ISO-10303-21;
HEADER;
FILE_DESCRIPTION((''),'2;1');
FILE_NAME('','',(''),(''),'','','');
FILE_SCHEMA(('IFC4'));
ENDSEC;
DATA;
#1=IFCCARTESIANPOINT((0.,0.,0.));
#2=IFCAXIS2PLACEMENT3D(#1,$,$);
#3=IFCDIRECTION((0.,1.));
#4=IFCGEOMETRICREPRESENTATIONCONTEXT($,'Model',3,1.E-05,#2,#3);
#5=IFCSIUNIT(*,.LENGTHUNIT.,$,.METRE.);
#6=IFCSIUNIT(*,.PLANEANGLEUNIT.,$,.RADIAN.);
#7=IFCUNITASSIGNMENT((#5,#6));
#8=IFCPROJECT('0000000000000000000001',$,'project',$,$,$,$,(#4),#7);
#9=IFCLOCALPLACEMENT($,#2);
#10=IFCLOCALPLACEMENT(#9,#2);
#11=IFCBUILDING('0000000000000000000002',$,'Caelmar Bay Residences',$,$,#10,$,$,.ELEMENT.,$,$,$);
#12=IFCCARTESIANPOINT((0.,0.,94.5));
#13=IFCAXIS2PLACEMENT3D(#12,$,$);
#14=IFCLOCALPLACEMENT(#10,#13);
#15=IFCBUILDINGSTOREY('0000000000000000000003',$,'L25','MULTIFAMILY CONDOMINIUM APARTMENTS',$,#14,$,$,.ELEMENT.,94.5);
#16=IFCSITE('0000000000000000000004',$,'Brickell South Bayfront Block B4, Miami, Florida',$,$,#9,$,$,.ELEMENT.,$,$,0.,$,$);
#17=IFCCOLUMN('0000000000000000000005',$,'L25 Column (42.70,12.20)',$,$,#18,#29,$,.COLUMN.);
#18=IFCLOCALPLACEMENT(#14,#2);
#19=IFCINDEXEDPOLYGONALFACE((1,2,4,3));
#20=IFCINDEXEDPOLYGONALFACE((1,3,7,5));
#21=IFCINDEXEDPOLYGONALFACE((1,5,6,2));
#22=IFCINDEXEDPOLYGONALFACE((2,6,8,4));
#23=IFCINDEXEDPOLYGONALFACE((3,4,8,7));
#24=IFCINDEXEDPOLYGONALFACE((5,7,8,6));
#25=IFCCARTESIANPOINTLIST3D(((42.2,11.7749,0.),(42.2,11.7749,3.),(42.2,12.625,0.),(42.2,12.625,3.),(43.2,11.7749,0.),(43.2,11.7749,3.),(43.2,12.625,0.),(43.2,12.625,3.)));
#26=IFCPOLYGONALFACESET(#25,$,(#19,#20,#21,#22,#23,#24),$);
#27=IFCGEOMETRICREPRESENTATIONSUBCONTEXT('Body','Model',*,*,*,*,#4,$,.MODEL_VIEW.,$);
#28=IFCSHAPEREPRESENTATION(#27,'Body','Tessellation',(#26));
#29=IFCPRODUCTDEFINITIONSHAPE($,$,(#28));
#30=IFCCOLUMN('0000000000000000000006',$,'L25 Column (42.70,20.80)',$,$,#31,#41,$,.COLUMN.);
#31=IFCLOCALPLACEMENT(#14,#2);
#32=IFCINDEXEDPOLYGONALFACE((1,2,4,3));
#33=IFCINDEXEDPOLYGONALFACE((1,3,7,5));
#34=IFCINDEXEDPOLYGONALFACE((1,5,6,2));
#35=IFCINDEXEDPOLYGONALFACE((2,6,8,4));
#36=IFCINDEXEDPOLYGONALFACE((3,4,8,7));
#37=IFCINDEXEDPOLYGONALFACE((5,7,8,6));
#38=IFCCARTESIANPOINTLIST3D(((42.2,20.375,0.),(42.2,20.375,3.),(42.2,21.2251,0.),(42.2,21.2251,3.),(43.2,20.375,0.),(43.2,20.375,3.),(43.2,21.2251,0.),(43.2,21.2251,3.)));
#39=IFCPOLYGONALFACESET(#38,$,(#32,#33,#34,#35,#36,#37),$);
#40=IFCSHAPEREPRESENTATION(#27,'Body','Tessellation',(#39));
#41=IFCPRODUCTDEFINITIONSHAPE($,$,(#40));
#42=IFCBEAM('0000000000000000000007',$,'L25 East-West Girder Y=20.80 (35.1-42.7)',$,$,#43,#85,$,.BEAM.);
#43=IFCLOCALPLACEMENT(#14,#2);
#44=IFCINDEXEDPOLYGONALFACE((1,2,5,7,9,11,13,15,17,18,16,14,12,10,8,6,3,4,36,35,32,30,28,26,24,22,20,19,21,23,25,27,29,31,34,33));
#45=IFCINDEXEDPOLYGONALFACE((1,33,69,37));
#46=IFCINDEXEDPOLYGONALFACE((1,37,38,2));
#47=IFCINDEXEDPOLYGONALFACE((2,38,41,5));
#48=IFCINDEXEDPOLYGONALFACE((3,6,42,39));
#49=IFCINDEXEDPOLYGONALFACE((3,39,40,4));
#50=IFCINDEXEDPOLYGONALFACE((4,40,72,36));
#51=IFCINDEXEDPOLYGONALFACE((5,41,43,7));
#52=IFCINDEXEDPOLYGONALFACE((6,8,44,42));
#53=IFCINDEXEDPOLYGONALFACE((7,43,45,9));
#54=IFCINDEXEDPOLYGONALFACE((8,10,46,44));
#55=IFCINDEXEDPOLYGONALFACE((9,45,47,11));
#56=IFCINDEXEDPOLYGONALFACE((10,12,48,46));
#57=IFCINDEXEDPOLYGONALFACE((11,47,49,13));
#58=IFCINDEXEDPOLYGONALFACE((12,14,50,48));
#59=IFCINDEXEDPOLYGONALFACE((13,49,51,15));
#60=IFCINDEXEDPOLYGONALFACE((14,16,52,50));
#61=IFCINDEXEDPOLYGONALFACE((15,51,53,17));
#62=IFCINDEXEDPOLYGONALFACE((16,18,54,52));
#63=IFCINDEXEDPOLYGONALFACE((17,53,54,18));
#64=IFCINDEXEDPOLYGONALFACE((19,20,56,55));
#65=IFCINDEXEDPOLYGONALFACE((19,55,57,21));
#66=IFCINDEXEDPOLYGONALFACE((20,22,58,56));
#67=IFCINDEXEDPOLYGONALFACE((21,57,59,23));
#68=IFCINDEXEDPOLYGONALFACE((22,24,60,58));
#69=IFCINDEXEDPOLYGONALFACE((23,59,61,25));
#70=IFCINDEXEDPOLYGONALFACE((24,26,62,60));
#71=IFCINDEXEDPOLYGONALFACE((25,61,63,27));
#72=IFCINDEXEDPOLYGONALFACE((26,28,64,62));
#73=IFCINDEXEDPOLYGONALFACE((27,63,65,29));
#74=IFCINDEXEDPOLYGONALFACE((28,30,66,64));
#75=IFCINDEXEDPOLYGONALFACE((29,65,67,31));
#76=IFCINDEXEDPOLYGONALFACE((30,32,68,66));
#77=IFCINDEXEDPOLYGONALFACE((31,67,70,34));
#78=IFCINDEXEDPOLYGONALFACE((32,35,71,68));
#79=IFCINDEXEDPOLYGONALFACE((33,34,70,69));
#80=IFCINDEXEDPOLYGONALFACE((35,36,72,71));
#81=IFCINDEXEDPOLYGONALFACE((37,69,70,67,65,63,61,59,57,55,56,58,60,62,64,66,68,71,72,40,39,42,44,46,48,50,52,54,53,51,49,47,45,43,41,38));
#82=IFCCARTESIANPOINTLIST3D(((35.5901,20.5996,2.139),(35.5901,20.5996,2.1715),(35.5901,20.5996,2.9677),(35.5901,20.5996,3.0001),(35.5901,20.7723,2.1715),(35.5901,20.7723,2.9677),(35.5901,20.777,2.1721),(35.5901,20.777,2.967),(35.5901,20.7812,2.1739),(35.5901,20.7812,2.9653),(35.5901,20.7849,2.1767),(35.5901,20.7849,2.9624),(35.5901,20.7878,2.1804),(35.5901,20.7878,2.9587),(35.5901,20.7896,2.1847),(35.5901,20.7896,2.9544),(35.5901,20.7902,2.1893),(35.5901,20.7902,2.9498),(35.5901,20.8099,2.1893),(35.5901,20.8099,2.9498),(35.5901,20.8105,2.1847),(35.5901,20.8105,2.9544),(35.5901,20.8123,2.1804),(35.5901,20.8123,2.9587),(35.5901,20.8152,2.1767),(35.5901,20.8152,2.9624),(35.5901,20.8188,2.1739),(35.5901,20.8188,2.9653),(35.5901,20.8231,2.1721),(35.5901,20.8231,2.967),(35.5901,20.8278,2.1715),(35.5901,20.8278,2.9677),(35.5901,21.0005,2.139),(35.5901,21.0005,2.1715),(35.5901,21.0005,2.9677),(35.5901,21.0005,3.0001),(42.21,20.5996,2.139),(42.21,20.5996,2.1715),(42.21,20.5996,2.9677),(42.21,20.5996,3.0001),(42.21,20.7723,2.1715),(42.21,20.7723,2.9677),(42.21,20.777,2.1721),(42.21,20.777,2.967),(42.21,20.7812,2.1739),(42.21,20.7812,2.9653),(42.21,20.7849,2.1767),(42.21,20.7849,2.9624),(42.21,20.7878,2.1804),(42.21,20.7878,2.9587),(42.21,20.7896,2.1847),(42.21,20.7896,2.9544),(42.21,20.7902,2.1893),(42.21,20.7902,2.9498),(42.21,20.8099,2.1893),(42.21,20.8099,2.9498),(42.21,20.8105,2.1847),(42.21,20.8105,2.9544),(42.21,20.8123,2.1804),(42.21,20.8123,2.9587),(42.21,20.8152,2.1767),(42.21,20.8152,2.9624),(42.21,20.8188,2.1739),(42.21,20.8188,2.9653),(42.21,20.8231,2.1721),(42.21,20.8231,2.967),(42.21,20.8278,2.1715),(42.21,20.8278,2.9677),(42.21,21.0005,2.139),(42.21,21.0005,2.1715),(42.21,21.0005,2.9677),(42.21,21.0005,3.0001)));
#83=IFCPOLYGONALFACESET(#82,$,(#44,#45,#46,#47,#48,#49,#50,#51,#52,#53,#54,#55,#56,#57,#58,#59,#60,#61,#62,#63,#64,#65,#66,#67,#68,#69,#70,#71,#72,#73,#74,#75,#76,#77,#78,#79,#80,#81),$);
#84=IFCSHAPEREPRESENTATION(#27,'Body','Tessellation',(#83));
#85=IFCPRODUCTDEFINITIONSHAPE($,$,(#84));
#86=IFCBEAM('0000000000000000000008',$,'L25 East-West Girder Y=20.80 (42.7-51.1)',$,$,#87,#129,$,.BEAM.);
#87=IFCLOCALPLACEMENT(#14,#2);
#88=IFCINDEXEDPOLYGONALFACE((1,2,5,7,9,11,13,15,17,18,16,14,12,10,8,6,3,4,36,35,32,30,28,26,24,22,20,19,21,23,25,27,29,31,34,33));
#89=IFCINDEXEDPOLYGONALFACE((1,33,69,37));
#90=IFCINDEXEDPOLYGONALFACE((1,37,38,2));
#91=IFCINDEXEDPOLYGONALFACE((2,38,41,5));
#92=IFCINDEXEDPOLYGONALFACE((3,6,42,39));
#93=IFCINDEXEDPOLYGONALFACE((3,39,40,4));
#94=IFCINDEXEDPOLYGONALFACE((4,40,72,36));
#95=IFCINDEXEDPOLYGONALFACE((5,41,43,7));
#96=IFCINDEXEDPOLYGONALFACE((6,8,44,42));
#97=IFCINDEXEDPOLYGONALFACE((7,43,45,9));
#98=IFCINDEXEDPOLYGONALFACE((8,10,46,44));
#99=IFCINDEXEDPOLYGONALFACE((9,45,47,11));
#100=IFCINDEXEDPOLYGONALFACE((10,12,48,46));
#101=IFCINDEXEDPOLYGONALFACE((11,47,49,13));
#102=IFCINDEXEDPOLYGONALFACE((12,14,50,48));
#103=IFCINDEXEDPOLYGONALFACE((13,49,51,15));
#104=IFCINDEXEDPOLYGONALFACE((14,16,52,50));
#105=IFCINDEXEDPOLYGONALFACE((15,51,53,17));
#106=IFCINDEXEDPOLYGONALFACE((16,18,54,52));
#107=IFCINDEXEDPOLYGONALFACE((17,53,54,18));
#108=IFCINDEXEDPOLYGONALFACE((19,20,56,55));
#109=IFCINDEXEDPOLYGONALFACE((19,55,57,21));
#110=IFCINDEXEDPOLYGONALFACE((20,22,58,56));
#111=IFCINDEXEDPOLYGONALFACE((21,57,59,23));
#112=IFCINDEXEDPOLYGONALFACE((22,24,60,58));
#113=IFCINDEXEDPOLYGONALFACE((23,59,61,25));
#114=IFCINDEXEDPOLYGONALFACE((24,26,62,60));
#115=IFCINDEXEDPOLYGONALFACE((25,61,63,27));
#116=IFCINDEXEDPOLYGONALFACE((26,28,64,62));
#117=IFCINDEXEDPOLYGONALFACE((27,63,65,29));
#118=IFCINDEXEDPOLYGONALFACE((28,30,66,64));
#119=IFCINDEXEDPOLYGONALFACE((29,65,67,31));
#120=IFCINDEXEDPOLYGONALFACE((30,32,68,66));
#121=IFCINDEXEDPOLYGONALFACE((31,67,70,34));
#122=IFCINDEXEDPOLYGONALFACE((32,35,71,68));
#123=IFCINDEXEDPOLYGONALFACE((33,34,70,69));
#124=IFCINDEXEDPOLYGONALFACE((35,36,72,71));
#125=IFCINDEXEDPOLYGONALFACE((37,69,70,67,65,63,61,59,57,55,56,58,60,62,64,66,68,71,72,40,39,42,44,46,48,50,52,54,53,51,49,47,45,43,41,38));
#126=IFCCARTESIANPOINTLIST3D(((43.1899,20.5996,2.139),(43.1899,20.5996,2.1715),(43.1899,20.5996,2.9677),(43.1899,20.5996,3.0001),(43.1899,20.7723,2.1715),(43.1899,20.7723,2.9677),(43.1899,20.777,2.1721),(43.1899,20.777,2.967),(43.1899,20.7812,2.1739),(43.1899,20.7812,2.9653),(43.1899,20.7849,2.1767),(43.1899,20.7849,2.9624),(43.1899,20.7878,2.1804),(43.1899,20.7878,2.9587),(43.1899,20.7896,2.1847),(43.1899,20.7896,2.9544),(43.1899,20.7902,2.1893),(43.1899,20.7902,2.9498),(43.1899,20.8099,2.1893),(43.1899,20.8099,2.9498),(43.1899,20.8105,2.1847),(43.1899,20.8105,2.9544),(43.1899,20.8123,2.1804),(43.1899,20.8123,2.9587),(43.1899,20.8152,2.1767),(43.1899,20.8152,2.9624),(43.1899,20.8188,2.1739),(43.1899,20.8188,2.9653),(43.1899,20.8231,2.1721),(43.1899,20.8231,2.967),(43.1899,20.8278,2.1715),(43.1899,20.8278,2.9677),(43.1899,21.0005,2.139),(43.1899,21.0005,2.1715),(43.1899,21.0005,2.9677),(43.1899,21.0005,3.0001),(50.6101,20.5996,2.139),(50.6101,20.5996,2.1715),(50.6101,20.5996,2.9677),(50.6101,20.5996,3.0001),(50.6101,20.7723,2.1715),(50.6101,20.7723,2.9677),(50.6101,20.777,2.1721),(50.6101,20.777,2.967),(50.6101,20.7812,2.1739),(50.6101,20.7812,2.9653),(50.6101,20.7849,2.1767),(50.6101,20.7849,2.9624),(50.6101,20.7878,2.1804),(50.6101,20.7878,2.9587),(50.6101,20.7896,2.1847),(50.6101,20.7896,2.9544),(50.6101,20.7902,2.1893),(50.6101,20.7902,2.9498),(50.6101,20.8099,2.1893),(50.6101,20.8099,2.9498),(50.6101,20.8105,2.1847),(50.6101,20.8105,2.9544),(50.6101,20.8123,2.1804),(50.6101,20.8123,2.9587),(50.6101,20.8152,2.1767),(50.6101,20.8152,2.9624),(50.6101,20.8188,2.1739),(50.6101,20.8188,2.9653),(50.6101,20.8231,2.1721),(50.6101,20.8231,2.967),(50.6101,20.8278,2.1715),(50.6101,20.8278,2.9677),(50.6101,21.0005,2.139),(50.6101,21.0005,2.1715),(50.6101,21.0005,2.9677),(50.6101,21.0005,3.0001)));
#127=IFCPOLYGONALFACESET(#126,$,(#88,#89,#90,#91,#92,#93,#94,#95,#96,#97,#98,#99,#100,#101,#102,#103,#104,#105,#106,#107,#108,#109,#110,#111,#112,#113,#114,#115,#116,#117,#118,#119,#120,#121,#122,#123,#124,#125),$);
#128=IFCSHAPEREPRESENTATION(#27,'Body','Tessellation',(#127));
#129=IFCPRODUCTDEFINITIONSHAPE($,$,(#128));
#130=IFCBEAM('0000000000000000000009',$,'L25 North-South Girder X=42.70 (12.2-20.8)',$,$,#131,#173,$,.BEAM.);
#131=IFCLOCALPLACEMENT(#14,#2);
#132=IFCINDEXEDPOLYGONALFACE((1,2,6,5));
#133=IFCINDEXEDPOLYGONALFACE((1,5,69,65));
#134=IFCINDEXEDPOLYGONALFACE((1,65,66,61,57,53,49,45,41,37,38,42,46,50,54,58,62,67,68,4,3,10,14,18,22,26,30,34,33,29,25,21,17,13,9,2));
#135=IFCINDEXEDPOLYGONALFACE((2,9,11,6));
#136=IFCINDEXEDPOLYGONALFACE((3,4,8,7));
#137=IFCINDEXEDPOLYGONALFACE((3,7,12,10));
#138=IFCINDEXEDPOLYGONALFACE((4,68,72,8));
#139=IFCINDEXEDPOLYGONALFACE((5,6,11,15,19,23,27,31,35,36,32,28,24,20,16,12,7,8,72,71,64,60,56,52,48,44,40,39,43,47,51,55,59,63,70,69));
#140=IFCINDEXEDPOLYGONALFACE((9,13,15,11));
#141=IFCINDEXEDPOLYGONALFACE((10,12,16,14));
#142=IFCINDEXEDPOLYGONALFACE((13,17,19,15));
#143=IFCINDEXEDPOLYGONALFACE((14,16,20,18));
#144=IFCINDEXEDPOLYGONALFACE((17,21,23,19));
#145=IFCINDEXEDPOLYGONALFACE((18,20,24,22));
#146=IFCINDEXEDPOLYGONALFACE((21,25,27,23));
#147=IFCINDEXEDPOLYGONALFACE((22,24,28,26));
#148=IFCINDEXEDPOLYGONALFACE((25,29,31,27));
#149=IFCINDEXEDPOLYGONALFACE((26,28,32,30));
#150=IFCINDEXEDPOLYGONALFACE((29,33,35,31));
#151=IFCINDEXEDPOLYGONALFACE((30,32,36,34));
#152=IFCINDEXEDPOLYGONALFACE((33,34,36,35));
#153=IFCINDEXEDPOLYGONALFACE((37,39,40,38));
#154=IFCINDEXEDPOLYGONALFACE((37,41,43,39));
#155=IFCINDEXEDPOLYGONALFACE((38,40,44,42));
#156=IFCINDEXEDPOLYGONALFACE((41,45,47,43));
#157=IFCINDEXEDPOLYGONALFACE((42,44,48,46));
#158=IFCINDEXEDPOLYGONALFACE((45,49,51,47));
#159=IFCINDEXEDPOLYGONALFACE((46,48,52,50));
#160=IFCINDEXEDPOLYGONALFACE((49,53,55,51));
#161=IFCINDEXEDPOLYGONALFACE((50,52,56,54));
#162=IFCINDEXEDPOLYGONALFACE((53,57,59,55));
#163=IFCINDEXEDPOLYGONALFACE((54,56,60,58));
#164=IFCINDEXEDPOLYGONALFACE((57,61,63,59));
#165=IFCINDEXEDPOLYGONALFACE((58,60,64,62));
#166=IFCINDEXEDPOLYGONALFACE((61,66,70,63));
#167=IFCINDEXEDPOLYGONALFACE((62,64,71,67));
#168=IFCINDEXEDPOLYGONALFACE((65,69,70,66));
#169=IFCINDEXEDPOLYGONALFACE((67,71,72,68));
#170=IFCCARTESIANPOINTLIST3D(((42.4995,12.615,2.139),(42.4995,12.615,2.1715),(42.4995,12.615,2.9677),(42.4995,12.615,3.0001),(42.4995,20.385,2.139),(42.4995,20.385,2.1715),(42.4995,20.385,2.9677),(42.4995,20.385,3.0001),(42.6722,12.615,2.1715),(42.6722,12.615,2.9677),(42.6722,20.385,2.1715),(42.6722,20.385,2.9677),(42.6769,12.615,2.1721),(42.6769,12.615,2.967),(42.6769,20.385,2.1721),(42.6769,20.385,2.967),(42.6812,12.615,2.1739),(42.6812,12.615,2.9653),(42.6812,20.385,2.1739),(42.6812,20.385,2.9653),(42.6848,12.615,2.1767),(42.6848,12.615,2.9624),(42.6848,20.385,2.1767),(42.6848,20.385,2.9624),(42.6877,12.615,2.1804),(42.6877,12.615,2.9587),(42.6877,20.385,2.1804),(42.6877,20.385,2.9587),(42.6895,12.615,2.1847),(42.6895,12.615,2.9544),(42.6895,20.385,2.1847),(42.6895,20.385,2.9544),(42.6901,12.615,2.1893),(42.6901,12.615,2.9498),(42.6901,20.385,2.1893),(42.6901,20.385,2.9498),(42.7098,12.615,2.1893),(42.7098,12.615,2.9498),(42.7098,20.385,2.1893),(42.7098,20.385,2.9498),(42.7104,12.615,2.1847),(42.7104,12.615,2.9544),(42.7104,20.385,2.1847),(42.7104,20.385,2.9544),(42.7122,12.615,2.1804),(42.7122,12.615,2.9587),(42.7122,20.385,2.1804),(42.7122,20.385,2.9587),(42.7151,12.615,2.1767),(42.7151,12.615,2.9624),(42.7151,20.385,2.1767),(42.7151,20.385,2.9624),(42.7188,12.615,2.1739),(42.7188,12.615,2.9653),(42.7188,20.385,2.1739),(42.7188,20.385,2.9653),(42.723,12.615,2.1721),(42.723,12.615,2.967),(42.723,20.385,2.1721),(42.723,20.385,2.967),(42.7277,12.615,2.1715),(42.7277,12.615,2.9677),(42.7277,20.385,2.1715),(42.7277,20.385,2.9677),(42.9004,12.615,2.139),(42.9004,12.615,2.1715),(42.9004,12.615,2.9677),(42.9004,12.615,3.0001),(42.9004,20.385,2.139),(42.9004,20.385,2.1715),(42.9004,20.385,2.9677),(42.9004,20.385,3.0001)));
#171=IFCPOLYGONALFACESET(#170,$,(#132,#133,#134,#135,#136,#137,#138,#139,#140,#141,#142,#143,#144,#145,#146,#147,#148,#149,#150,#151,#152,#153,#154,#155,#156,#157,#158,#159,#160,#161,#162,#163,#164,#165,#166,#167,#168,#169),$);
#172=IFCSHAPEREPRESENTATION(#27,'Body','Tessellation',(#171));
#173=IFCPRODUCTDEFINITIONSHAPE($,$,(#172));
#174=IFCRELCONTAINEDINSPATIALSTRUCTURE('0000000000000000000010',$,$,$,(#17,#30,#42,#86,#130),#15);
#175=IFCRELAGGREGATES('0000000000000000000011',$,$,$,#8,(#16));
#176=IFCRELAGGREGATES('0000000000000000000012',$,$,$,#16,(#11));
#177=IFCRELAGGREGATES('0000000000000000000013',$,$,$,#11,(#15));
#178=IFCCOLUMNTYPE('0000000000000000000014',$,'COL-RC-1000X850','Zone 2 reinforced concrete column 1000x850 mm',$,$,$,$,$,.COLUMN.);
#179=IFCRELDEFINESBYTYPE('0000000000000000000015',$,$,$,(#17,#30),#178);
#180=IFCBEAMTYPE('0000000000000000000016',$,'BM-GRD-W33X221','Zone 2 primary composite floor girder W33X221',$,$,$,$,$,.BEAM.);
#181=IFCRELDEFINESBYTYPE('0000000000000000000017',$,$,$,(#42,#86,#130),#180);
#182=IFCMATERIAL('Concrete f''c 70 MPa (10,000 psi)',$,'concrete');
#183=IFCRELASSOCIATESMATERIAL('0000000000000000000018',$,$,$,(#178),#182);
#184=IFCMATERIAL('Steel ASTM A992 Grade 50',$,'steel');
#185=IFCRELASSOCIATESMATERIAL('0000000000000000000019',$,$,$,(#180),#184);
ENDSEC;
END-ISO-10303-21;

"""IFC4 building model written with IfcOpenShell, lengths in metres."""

from ifc_helpers import new_model, si_unit, direction, frame, origin, origin_2d, place, context, subcontext, project, spatial, rectangle, i_section, extrude, material, material_profile, profile_set, type_object, element, save


model = new_model("IFC4")

# Units and contexts
model_context = context("Model", 3, precision=1e-05, world=origin(), true_north=direction((0.0, 1.0)))
body_context = subcontext(model_context, "Body", "Model", "MODEL_VIEW")
ifc_project = project(units=[si_unit("LENGTHUNIT", "METRE"), si_unit("PLANEANGLEUNIT", "RADIAN")], contexts=[model_context])

# Site, building, storey
site_placement = place(None, origin())
site = spatial("IfcSite", under=ifc_project, at=site_placement, Name="Brickell South Bayfront Block B4, Miami, Florida", CompositionType="ELEMENT", RefElevation=0.0)
building_placement = place(site_placement, origin())
building = spatial("IfcBuilding", under=site, at=building_placement, Name="Caelmar Bay Residences", CompositionType="ELEMENT")
storey_placement = place(building_placement, frame((0.0, 0.0, 94.5)))
storey = spatial("IfcBuildingStorey", under=building, at=storey_placement, Name="L25", Description="MULTIFAMILY CONDOMINIUM APARTMENTS", CompositionType="ELEMENT", Elevation=94.5)

# Columns
ifc_material_1 = material(Name="Concrete f'c 70 MPa (10,000 psi)", Category="concrete")
ifc_material_profile_1 = material_profile(ifc_material_1, rectangle(XDim=1.0, YDim=0.8501, at=origin_2d()), Name="RC-COL-1000X850")
ifc_profile_set_1 = profile_set([ifc_material_profile_1], Name="Concrete f'c 70 MPa (10,000 psi)")
column_type = type_object("IfcColumnType", Name="COL-RC-1000X850", Description="Zone 2 reinforced concrete column 1000x850 mm", PredefinedType="COLUMN", material=ifc_profile_set_1)
for number, where, z_axis, x_axis, name in (
    (1, (42.7, 12.2, 0.0), (0.0, 0.0, 1.0), (1.0, 0.0, 0.0), "L25 Column (42.70,12.20)"),
    (2, (42.7, 20.8, 0.0), (0.0, 0.0, 1.0), (1.0, 0.0, 0.0), "L25 Column (42.70,20.80)"),
):
    element("IfcColumn", number, at=place(storey_placement, frame(where, z_axis=z_axis, x_axis=x_axis)), inside=storey, type_object=column_type, Name=name, PredefinedType="COLUMN", context=body_context, shape_type="SweptSolid", body=[
        extrude(rectangle(XDim=1.0, YDim=0.8501, at=origin_2d()), origin(), (0.0, 0.0, 1.0), 3.0),
    ])

# Beams
ifc_material_2 = material(Name="Steel ASTM A992 Grade 50", Category="steel")
ifc_material_profile_2 = material_profile(ifc_material_2, i_section(OverallWidth=0.4009, OverallDepth=0.8611, WebThickness=0.0198, FlangeThickness=0.0325, FilletRadius=0.0178, at=origin_2d()), Name="W33X221")
ifc_profile_set_2 = profile_set([ifc_material_profile_2], Name="Steel ASTM A992 Grade 50")
beam_type_1 = type_object("IfcBeamType", Name="BM-GRD-W33X221", Description="Zone 2 primary composite floor girder W33X221", PredefinedType="BEAM", material=ifc_profile_set_2)
beam_1_placement = place(storey_placement, frame((35.5901, 20.8, 2.5696), z_axis=(1.0, 0.0, 0.0), x_axis=(0.0, 1.0, 0.0)))
element("IfcBeam", 3, at=beam_1_placement, inside=storey, type_object=beam_type_1, Name="L25 East-West Girder Y=20.80 (35.1-42.7)", PredefinedType="BEAM", context=body_context, shape_type="SweptSolid", body=[
    extrude(i_section(OverallWidth=0.4009, OverallDepth=0.8611, WebThickness=0.0198, FlangeThickness=0.0325, FilletRadius=0.0178, at=origin_2d()), origin(), (0.0, 0.0, 1.0), 6.6199),
])
beam_2_placement = place(storey_placement, frame((43.1899, 20.8, 2.5696), z_axis=(1.0, 0.0, 0.0), x_axis=(0.0, 1.0, 0.0)))
element("IfcBeam", 4, at=beam_2_placement, inside=storey, type_object=beam_type_1, Name="L25 East-West Girder Y=20.80 (42.7-51.1)", PredefinedType="BEAM", context=body_context, shape_type="SweptSolid", body=[
    extrude(i_section(OverallWidth=0.4009, OverallDepth=0.8611, WebThickness=0.0198, FlangeThickness=0.0325, FilletRadius=0.0178, at=origin_2d()), origin(), (0.0, 0.0, 1.0), 7.4202),
])
for number, where, z_axis, x_axis, name in (
    (5, (42.7, 12.615, 2.5696), (0.0, 1.0, 0.0), (-1.0, 0.0, 0.0), "L25 North-South Girder X=42.70 (12.2-20.8)"),
):
    element("IfcBeam", number, at=place(storey_placement, frame(where, z_axis=z_axis, x_axis=x_axis)), inside=storey, type_object=beam_type_1, Name=name, PredefinedType="BEAM", context=body_context, shape_type="SweptSolid", body=[
        extrude(i_section(OverallWidth=0.4009, OverallDepth=0.8611, WebThickness=0.0198, FlangeThickness=0.0325, FilletRadius=0.0178, at=origin_2d()), origin(), (0.0, 0.0, 1.0), 7.77),
    ])

save(model, "model.ifc")
